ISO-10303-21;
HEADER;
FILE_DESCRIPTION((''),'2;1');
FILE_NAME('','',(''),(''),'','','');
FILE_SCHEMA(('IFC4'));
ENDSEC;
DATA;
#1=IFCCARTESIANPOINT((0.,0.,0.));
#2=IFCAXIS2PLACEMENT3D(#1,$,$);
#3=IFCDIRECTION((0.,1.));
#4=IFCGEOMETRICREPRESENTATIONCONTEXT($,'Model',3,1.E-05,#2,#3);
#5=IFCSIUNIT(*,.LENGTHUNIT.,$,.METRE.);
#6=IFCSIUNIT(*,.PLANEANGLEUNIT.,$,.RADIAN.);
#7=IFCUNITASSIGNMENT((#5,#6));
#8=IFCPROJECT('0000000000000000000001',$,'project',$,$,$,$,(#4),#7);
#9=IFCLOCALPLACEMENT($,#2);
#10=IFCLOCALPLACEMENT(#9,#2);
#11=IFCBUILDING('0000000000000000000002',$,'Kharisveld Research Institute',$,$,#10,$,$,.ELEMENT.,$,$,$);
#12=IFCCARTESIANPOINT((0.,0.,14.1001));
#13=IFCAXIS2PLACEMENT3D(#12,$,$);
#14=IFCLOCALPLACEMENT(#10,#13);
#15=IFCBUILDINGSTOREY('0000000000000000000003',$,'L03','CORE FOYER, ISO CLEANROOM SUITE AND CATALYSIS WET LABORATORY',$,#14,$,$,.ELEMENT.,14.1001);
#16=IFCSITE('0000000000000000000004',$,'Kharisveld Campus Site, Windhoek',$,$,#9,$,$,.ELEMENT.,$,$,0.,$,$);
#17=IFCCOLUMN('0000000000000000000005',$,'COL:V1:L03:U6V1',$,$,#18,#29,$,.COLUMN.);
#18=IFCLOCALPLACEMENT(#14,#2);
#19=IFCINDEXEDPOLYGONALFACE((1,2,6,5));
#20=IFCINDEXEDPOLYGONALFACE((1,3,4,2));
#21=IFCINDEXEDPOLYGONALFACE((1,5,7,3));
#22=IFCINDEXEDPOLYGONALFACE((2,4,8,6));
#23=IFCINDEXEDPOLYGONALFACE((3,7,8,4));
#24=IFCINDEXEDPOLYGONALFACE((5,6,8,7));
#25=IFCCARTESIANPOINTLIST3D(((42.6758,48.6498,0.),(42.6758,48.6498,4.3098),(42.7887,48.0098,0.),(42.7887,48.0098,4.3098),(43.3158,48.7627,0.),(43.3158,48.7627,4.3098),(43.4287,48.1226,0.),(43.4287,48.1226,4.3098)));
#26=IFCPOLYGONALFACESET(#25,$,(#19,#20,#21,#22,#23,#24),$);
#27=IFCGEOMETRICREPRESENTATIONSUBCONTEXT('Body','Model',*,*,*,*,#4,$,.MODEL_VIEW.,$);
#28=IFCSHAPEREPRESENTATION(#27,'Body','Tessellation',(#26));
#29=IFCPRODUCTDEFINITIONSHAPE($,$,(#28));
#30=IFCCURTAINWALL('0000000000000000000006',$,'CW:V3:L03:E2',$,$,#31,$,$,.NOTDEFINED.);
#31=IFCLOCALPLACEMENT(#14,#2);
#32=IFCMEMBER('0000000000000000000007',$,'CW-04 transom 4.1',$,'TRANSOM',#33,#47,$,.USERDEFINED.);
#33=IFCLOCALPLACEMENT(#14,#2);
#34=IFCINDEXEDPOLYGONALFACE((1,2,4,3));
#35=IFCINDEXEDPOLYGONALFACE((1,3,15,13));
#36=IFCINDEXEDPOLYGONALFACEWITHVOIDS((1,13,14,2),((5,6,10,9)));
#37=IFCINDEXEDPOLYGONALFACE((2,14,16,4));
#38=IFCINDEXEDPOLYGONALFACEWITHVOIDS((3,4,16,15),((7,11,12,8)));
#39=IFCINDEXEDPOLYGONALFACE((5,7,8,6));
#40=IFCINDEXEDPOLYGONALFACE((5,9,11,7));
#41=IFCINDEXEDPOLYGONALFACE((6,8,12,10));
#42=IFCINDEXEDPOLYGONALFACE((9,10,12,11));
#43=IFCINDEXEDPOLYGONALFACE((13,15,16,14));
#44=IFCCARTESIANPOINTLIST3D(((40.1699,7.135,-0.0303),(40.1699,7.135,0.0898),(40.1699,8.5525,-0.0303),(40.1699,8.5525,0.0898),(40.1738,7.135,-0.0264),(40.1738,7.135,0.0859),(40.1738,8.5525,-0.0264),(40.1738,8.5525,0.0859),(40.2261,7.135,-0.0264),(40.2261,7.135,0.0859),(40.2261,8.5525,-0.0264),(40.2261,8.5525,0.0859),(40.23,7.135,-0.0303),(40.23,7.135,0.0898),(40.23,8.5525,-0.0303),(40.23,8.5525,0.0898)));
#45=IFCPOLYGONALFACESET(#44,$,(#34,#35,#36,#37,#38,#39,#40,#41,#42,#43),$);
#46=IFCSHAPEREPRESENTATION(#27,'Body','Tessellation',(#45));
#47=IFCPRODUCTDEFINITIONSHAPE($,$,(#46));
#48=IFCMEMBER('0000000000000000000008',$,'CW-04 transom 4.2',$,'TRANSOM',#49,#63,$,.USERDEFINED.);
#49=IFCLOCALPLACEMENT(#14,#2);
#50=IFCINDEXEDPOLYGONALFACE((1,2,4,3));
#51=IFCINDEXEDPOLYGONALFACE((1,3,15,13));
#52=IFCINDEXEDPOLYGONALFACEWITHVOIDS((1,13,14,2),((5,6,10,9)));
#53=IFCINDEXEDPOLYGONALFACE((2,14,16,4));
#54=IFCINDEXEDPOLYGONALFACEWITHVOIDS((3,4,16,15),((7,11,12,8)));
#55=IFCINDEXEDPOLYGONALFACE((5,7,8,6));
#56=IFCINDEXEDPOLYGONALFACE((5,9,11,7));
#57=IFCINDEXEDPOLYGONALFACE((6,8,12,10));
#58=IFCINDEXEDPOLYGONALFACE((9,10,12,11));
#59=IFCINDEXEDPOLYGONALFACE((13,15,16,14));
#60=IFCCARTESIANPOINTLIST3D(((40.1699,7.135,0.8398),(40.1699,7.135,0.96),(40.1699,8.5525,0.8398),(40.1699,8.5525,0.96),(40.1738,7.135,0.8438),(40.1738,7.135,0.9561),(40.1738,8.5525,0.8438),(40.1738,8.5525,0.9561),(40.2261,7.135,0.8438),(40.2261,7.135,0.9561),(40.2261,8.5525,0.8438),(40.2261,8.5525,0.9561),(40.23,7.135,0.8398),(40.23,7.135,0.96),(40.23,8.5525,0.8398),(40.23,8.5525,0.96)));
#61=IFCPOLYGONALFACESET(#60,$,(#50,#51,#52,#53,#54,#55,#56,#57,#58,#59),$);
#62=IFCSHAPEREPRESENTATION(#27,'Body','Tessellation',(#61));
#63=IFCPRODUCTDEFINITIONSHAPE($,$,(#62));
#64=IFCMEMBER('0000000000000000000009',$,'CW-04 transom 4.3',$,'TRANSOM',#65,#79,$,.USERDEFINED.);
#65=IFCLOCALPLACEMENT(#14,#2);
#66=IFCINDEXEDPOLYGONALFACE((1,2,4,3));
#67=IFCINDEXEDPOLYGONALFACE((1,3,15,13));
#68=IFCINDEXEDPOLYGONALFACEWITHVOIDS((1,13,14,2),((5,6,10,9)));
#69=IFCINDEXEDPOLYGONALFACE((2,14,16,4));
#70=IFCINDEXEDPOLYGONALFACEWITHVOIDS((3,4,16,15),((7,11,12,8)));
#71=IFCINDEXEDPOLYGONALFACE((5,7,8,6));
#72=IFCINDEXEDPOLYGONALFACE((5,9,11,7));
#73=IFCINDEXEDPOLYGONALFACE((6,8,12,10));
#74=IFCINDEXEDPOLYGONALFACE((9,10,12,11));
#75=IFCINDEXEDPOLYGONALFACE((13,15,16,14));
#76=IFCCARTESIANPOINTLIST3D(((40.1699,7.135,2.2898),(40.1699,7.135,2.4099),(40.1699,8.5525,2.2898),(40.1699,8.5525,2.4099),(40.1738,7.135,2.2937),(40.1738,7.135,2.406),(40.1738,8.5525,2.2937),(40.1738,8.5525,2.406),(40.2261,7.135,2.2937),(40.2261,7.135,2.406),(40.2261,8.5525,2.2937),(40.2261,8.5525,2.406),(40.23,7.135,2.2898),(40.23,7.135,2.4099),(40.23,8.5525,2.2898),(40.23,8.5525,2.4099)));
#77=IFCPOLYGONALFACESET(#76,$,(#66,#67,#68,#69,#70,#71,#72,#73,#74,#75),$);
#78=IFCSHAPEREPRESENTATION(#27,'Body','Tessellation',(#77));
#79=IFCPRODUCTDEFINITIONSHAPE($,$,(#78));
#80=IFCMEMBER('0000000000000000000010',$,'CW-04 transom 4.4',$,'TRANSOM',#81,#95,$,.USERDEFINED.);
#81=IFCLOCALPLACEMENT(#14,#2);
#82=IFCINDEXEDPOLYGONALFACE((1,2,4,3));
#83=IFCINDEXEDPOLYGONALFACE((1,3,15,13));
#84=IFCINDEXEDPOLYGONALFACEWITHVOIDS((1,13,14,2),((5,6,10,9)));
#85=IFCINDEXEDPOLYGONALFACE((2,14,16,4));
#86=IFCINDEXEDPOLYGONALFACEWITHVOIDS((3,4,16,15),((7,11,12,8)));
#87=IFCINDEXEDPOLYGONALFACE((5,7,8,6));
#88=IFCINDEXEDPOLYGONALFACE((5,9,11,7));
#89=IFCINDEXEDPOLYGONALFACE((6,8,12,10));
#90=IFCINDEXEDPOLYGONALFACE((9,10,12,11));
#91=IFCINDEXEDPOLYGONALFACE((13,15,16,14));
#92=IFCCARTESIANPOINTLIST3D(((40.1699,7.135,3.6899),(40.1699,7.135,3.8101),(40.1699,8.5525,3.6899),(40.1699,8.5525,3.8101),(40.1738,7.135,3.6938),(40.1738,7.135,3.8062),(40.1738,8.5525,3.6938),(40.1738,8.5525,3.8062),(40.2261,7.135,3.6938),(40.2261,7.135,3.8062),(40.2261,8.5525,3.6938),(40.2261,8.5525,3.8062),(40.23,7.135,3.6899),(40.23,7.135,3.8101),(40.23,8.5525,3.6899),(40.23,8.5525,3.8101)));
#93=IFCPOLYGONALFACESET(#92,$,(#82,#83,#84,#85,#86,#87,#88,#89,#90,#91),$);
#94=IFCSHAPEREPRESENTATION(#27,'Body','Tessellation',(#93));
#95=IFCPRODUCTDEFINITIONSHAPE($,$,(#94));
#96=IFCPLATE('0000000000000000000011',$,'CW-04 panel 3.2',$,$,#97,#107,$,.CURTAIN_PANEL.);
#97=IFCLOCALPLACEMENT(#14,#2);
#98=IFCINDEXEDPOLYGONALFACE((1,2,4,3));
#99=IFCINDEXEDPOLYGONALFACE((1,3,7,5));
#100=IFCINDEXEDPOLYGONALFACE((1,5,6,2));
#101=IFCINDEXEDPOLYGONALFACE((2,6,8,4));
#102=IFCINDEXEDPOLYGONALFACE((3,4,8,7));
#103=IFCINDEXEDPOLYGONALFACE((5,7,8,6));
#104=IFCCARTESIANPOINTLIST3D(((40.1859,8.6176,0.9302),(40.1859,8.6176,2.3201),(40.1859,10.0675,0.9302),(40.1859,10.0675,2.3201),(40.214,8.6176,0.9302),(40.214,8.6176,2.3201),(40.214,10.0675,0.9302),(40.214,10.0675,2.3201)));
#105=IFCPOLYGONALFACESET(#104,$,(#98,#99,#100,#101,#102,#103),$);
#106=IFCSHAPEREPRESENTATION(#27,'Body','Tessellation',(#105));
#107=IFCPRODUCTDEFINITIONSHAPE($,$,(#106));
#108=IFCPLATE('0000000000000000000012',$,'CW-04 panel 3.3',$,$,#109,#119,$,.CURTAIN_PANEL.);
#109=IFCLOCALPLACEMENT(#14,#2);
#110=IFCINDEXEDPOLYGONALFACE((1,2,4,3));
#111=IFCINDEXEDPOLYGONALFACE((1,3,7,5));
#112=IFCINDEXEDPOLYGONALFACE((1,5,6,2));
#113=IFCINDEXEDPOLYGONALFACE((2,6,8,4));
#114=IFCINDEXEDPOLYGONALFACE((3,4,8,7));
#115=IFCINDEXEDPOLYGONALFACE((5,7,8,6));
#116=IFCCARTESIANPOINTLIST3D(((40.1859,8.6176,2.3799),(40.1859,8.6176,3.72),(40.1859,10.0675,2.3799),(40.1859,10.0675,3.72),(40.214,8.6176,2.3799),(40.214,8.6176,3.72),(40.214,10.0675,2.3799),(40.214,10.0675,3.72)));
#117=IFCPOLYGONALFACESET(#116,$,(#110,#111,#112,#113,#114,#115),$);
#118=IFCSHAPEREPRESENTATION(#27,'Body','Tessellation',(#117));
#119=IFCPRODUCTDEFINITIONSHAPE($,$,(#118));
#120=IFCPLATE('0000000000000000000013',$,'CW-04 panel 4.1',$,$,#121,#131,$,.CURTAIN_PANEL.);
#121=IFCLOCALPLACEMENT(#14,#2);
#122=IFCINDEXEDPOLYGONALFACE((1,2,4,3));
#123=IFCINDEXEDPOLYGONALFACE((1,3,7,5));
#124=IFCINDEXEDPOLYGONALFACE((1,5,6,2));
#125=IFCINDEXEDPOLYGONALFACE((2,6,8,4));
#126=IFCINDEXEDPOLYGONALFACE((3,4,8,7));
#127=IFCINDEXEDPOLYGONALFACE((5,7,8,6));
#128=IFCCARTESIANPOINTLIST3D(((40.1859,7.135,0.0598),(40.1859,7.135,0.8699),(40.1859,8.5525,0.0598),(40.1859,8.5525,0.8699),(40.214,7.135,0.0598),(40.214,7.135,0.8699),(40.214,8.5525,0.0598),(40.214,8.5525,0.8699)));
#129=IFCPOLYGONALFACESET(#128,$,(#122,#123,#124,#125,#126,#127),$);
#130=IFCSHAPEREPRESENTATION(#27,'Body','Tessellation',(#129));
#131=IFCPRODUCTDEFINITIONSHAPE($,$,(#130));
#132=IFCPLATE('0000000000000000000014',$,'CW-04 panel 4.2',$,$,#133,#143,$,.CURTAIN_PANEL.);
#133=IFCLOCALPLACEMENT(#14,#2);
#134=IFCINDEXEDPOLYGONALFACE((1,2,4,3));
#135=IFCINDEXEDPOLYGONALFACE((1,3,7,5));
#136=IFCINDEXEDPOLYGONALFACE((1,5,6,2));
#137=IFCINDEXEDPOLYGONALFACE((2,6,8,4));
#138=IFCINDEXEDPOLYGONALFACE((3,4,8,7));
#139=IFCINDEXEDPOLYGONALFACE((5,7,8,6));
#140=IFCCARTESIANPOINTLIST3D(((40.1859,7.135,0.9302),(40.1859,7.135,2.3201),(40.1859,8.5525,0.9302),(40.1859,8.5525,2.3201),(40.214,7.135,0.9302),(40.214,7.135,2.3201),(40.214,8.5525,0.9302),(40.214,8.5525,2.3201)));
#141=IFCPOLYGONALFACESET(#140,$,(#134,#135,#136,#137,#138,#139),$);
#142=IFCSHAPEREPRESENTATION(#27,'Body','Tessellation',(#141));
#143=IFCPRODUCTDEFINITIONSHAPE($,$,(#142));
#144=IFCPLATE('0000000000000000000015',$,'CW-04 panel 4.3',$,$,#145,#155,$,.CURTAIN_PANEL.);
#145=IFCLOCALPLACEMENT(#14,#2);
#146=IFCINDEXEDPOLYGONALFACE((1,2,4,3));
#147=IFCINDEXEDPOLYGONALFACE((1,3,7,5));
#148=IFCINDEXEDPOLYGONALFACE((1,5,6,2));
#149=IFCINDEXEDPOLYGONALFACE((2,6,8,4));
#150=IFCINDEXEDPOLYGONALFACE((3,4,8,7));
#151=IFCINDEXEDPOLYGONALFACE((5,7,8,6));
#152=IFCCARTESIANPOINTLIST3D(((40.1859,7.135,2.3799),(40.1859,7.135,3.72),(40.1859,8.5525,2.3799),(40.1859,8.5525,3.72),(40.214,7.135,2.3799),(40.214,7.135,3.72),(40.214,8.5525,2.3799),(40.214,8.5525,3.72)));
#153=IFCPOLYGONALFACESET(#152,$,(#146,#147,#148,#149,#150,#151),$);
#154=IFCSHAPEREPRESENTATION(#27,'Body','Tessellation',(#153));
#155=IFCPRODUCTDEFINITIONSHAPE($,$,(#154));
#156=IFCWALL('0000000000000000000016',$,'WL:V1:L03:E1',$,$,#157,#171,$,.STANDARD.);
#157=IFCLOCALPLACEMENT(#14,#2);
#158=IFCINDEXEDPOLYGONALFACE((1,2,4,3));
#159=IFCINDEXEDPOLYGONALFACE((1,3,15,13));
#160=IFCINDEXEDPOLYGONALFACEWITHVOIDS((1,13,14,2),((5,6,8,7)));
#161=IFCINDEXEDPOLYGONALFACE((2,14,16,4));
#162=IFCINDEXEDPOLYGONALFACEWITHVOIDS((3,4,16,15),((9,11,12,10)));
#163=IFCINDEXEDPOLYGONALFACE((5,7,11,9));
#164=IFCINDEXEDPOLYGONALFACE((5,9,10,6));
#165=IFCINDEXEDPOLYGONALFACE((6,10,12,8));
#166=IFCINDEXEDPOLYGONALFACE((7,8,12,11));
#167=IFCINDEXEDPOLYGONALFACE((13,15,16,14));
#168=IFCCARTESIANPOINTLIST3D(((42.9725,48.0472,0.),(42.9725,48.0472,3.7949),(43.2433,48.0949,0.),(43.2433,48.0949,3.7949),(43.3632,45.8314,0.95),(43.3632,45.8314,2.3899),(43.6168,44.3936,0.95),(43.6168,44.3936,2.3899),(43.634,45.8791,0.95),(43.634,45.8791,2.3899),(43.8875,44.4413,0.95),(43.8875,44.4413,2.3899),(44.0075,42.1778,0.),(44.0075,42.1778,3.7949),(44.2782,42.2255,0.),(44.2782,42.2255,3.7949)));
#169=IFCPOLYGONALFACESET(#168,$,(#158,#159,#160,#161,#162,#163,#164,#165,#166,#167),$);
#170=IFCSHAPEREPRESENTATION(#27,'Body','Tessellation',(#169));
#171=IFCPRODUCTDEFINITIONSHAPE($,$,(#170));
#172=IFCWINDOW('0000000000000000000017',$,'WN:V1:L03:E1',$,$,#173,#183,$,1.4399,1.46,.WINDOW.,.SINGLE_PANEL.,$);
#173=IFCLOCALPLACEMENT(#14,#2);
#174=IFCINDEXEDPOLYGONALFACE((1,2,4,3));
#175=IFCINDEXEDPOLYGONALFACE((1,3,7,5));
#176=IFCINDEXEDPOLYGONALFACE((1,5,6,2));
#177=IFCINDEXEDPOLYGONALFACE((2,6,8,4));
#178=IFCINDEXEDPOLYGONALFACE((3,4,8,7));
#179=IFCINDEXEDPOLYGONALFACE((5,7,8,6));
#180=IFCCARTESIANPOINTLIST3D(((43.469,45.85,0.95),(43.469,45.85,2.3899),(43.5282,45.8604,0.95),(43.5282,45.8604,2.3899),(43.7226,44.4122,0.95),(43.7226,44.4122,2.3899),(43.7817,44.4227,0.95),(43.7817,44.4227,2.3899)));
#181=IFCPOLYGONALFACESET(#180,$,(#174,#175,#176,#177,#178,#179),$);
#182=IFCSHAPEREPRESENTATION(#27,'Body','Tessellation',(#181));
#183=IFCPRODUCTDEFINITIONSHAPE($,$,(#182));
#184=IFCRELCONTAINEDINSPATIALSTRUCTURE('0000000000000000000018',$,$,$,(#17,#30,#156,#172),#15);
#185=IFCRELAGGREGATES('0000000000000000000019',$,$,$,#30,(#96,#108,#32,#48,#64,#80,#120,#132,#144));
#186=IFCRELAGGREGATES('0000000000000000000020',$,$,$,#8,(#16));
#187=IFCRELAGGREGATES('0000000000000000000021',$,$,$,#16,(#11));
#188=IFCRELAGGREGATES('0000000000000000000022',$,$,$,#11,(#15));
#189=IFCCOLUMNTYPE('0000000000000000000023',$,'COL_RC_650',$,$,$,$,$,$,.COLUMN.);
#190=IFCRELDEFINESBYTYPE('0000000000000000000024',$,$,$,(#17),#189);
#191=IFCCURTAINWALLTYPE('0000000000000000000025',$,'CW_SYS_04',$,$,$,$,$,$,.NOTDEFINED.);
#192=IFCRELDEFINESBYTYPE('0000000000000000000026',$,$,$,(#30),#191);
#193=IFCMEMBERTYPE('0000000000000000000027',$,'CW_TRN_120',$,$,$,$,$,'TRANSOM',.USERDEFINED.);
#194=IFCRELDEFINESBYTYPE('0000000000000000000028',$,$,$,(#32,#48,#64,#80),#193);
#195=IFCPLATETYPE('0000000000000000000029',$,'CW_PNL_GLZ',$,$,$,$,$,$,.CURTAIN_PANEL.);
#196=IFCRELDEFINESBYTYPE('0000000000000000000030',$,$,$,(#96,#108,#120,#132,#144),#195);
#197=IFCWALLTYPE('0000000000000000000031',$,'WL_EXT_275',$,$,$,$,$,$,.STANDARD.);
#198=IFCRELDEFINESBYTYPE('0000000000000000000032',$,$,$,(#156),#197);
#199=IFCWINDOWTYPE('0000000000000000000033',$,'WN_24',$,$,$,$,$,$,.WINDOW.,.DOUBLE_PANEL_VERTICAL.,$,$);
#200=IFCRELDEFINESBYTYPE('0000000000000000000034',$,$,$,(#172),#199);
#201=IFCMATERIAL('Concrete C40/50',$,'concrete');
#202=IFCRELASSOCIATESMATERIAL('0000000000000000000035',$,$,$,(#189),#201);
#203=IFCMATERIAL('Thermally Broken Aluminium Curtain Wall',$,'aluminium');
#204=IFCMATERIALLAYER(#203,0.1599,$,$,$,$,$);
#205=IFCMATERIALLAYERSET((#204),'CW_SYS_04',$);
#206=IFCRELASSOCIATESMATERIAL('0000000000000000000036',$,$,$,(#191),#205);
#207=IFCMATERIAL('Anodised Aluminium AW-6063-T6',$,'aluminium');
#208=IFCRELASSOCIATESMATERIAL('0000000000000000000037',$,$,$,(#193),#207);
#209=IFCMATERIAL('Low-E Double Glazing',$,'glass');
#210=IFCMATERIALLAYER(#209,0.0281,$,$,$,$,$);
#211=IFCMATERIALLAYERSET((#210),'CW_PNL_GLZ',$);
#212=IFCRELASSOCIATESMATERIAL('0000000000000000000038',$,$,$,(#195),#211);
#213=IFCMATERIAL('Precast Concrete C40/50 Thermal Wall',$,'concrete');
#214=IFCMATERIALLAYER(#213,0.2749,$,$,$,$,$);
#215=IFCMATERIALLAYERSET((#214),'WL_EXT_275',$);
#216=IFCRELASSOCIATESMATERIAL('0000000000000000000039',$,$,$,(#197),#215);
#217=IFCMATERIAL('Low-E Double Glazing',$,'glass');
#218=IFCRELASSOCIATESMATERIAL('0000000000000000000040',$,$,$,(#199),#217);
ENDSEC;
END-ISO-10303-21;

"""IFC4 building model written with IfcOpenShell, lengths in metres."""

from ifc_helpers import new_model, si_unit, direction, frame, frame_2d, origin, origin_2d, place, context, subcontext, project, spatial, rectangle, hollow_rectangle, extrude, material, layer, layer_set, material_profile, profile_set, type_object, element, fill, aggregate, save


model = new_model("IFC4")

# Units and contexts
model_context = context("Model", 3, precision=1e-05, world=origin(), true_north=direction((0.0, 1.0)))
body_context = subcontext(model_context, "Body", "Model", "MODEL_VIEW")
ifc_project = project(units=[si_unit("LENGTHUNIT", "METRE"), si_unit("PLANEANGLEUNIT", "RADIAN")], contexts=[model_context])

# Site, building, storey
site_placement = place(None, origin())
site = spatial("IfcSite", under=ifc_project, at=site_placement, Name="Kharisveld Campus Site, Windhoek", CompositionType="ELEMENT", RefElevation=0.0)
building_placement = place(site_placement, origin())
building = spatial("IfcBuilding", under=site, at=building_placement, Name="Kharisveld Research Institute", CompositionType="ELEMENT")
storey_placement = place(building_placement, frame((0.0, 0.0, 14.1001)))
storey = spatial("IfcBuildingStorey", under=building, at=storey_placement, Name="L03", Description="CORE FOYER, ISO CLEANROOM SUITE AND CATALYSIS WET LABORATORY", CompositionType="ELEMENT", Elevation=14.1001)

# Column
ifc_material_1 = material(Name="Concrete C40/50", Category="concrete")
ifc_material_profile_1 = material_profile(ifc_material_1, rectangle(XDim=0.6499, YDim=0.6499, at=origin_2d()))
ifc_profile_set_1 = profile_set([ifc_material_profile_1], Name="Concrete C40/50")
column_type = type_object("IfcColumnType", Name="COL_RC_650", PredefinedType="COLUMN", material=ifc_profile_set_1)
column_placement = place(storey_placement, frame((43.0522, 48.3862, 0.0), z_axis=(0.0, 0.0, 1.0), x_axis=(0.984808, 0.173648, 0.0)))
element("IfcColumn", 1, at=column_placement, inside=storey, type_object=column_type, Name="COL:V1:L03:U6V1", PredefinedType="COLUMN", context=body_context, shape_type="SweptSolid", body=[
    extrude(rectangle(XDim=0.6499, YDim=0.6499, at=origin_2d()), origin(), (0.0, 0.0, 1.0), 4.3098),
])

# Curtain wall, members, plates
ifc_material_2 = material(Name="Thermally Broken Aluminium Curtain Wall", Category="aluminium")
ifc_layer_1 = layer(ifc_material_2, 0.1599)
ifc_layer_set_1 = layer_set([ifc_layer_1], Name="CW_SYS_04")
curtain_wall_type = type_object("IfcCurtainWallType", Name="CW_SYS_04", PredefinedType="NOTDEFINED", material=ifc_layer_set_1)
curtain_wall_placement = place(storey_placement, origin())
curtain_wall = element("IfcCurtainWall", 2, at=curtain_wall_placement, inside=storey, type_object=curtain_wall_type, Name="CW:V3:L03:E2", PredefinedType="NOTDEFINED")
ifc_material_3 = material(Name="Anodised Aluminium AW-6063-T6", Category="aluminium")
ifc_material_profile_2 = material_profile(ifc_material_3, hollow_rectangle(XDim=0.0601, YDim=0.1201, WallThickness=0.0039, at=origin_2d()))
ifc_profile_set_2 = profile_set([ifc_material_profile_2], Name="Anodised Aluminium AW-6063-T6")
member_type = type_object("IfcMemberType", Name="CW_TRN_120", ElementType="TRANSOM", PredefinedType="USERDEFINED", material=ifc_profile_set_2)
member_1_placement = place(storey_placement, frame((40.2, 8.5525, 0.0298), z_axis=(0.0, -1.0, 0.0), x_axis=(1.0, 0.0, 0.0)))
member_1 = element("IfcMember", 3, at=member_1_placement, type_object=member_type, Name="CW-04 transom 4.1", ObjectType="TRANSOM", PredefinedType="USERDEFINED", context=body_context, shape_type="SweptSolid", body=[
    extrude(hollow_rectangle(XDim=0.0601, YDim=0.1201, WallThickness=0.0039, at=origin_2d()), origin(), (0.0, 0.0, 1.0), 1.4175),
])
member_2_placement = place(storey_placement, frame((40.2, 8.5525, 0.8999), z_axis=(0.0, -1.0, 0.0), x_axis=(1.0, 0.0, 0.0)))
member_2 = element("IfcMember", 4, at=member_2_placement, type_object=member_type, Name="CW-04 transom 4.2", ObjectType="TRANSOM", PredefinedType="USERDEFINED", context=body_context, shape_type="SweptSolid", body=[
    extrude(hollow_rectangle(XDim=0.0601, YDim=0.1201, WallThickness=0.0039, at=origin_2d()), origin(), (0.0, 0.0, 1.0), 1.4175),
])
member_3_placement = place(storey_placement, frame((40.2, 8.5525, 2.3499), z_axis=(0.0, -1.0, 0.0), x_axis=(1.0, 0.0, 0.0)))
member_3 = element("IfcMember", 5, at=member_3_placement, type_object=member_type, Name="CW-04 transom 4.3", ObjectType="TRANSOM", PredefinedType="USERDEFINED", context=body_context, shape_type="SweptSolid", body=[
    extrude(hollow_rectangle(XDim=0.0601, YDim=0.1201, WallThickness=0.0039, at=origin_2d()), origin(), (0.0, 0.0, 1.0), 1.4175),
])
member_4_placement = place(storey_placement, frame((40.2, 8.5525, 3.75), z_axis=(0.0, -1.0, 0.0), x_axis=(1.0, 0.0, 0.0)))
member_4 = element("IfcMember", 6, at=member_4_placement, type_object=member_type, Name="CW-04 transom 4.4", ObjectType="TRANSOM", PredefinedType="USERDEFINED", context=body_context, shape_type="SweptSolid", body=[
    extrude(hollow_rectangle(XDim=0.0601, YDim=0.1201, WallThickness=0.0039, at=origin_2d()), origin(), (0.0, 0.0, 1.0), 1.4175),
])
ifc_material_4 = material(Name="Low-E Double Glazing", Category="glass")
ifc_layer_2 = layer(ifc_material_4, 0.0281)
ifc_layer_set_2 = layer_set([ifc_layer_2], Name="CW_PNL_GLZ")
plate_type = type_object("IfcPlateType", Name="CW_PNL_GLZ", PredefinedType="CURTAIN_PANEL", material=ifc_layer_set_2)
plate_1_placement = place(storey_placement, frame((40.2, 9.3425, 0.9302), z_axis=(0.0, 0.0, 1.0), x_axis=(0.0, -1.0, 0.0)))
plate_1 = element("IfcPlate", 7, at=plate_1_placement, type_object=plate_type, Name="CW-04 panel 3.2", PredefinedType="CURTAIN_PANEL", context=body_context, shape_type="SweptSolid", body=[
    extrude(rectangle(XDim=1.45, YDim=0.0281, at=origin_2d()), origin(), (0.0, 0.0, 1.0), 1.3899),
])
plate_2_placement = place(storey_placement, frame((40.2, 9.3425, 2.3799), z_axis=(0.0, 0.0, 1.0), x_axis=(0.0, -1.0, 0.0)))
plate_2 = element("IfcPlate", 8, at=plate_2_placement, type_object=plate_type, Name="CW-04 panel 3.3", PredefinedType="CURTAIN_PANEL", context=body_context, shape_type="SweptSolid", body=[
    extrude(rectangle(XDim=1.45, YDim=0.0281, at=origin_2d()), origin(), (0.0, 0.0, 1.0), 1.3401),
])
plate_3_placement = place(storey_placement, frame((40.2, 7.8438, 0.0598), z_axis=(0.0, 0.0, 1.0), x_axis=(0.0, -1.0, 0.0)))
plate_3 = element("IfcPlate", 9, at=plate_3_placement, type_object=plate_type, Name="CW-04 panel 4.1", PredefinedType="CURTAIN_PANEL", context=body_context, shape_type="SweptSolid", body=[
    extrude(rectangle(XDim=1.4175, YDim=0.0281, at=origin_2d()), origin(), (0.0, 0.0, 1.0), 0.8101),
])
plate_4_placement = place(storey_placement, frame((40.2, 7.8438, 0.9302), z_axis=(0.0, 0.0, 1.0), x_axis=(0.0, -1.0, 0.0)))
plate_4 = element("IfcPlate", 10, at=plate_4_placement, type_object=plate_type, Name="CW-04 panel 4.2", PredefinedType="CURTAIN_PANEL", context=body_context, shape_type="SweptSolid", body=[
    extrude(rectangle(XDim=1.4175, YDim=0.0281, at=origin_2d()), origin(), (0.0, 0.0, 1.0), 1.3899),
])
plate_5_placement = place(storey_placement, frame((40.2, 7.8438, 2.3799), z_axis=(0.0, 0.0, 1.0), x_axis=(0.0, -1.0, 0.0)))
plate_5 = element("IfcPlate", 11, at=plate_5_placement, type_object=plate_type, Name="CW-04 panel 4.3", PredefinedType="CURTAIN_PANEL", context=body_context, shape_type="SweptSolid", body=[
    extrude(rectangle(XDim=1.4175, YDim=0.0281, at=origin_2d()), origin(), (0.0, 0.0, 1.0), 1.3401),
])
aggregate(curtain_wall, [plate_1, plate_2, member_1, member_2, member_3, member_4, plate_3, plate_4, plate_5])

# Wall, opening, window
ifc_material_5 = material(Name="Precast Concrete C40/50 Thermal Wall", Category="concrete")
ifc_layer_3 = layer(ifc_material_5, 0.2749)
ifc_layer_set_3 = layer_set([ifc_layer_3], Name="WL_EXT_275")
wall_type_1 = type_object("IfcWallType", Name="WL_EXT_275", PredefinedType="STANDARD", material=ifc_layer_set_3)
wall_1_placement = place(storey_placement, frame((43.1079, 48.071, 0.0), z_axis=(0.0, 0.0, 1.0), x_axis=(0.173645, -0.984808, 0.0)))
wall_1 = element("IfcWall", 12, at=wall_1_placement, inside=storey, type_object=wall_type_1, Name="WL:V1:L03:E1", PredefinedType="STANDARD", context=body_context, shape_type="SweptSolid", body=[
    extrude(rectangle(XDim=5.96, YDim=0.2749, at=frame_2d((2.98, 0.0))), origin(), (0.0, 0.0, 1.0), 3.7949),
])
opening_1_placement = place(wall_1_placement, frame((2.25, 0.0, 0.95)))
opening_1 = element("IfcOpeningElement", 13, at=opening_1_placement, cuts=wall_1, PredefinedType="OPENING", context=body_context, shape_type="SweptSolid", body=[
    extrude(rectangle(XDim=1.46, YDim=1.4399, at=frame_2d((0.73, 0.72))), frame((0.0, 0.1375, 0.0), z_axis=(0.0, -1.0, 0.0), x_axis=(1.0, 0.0, 0.0)), (0.0, 0.0, 1.0), 0.2749),
])
ifc_material_6 = material(Name="Low-E Double Glazing", Category="glass")
window_type = type_object("IfcWindowType", Name="WN_24", PartitioningType="DOUBLE_PANEL_VERTICAL", PredefinedType="WINDOW", material=ifc_material_6)
window_1_placement = place(opening_1_placement, origin())
window_1 = element("IfcWindow", 14, at=window_1_placement, inside=storey, type_object=window_type, Name="WN:V1:L03:E1", OverallHeight=1.4399, OverallWidth=1.46, PartitioningType="SINGLE_PANEL", PredefinedType="WINDOW", context=body_context, shape_type="SweptSolid", body=[
    extrude(rectangle(XDim=1.46, YDim=1.4399, at=frame_2d((0.73, 0.72))), frame((0.0, 0.03, 0.0), z_axis=(0.0, -1.0, 0.0), x_axis=(1.0, 0.0, 0.0)), (0.0, 0.0, 1.0), 0.0601),
])
fill(opening_1, window_1)

save(model, "model.ifc")
